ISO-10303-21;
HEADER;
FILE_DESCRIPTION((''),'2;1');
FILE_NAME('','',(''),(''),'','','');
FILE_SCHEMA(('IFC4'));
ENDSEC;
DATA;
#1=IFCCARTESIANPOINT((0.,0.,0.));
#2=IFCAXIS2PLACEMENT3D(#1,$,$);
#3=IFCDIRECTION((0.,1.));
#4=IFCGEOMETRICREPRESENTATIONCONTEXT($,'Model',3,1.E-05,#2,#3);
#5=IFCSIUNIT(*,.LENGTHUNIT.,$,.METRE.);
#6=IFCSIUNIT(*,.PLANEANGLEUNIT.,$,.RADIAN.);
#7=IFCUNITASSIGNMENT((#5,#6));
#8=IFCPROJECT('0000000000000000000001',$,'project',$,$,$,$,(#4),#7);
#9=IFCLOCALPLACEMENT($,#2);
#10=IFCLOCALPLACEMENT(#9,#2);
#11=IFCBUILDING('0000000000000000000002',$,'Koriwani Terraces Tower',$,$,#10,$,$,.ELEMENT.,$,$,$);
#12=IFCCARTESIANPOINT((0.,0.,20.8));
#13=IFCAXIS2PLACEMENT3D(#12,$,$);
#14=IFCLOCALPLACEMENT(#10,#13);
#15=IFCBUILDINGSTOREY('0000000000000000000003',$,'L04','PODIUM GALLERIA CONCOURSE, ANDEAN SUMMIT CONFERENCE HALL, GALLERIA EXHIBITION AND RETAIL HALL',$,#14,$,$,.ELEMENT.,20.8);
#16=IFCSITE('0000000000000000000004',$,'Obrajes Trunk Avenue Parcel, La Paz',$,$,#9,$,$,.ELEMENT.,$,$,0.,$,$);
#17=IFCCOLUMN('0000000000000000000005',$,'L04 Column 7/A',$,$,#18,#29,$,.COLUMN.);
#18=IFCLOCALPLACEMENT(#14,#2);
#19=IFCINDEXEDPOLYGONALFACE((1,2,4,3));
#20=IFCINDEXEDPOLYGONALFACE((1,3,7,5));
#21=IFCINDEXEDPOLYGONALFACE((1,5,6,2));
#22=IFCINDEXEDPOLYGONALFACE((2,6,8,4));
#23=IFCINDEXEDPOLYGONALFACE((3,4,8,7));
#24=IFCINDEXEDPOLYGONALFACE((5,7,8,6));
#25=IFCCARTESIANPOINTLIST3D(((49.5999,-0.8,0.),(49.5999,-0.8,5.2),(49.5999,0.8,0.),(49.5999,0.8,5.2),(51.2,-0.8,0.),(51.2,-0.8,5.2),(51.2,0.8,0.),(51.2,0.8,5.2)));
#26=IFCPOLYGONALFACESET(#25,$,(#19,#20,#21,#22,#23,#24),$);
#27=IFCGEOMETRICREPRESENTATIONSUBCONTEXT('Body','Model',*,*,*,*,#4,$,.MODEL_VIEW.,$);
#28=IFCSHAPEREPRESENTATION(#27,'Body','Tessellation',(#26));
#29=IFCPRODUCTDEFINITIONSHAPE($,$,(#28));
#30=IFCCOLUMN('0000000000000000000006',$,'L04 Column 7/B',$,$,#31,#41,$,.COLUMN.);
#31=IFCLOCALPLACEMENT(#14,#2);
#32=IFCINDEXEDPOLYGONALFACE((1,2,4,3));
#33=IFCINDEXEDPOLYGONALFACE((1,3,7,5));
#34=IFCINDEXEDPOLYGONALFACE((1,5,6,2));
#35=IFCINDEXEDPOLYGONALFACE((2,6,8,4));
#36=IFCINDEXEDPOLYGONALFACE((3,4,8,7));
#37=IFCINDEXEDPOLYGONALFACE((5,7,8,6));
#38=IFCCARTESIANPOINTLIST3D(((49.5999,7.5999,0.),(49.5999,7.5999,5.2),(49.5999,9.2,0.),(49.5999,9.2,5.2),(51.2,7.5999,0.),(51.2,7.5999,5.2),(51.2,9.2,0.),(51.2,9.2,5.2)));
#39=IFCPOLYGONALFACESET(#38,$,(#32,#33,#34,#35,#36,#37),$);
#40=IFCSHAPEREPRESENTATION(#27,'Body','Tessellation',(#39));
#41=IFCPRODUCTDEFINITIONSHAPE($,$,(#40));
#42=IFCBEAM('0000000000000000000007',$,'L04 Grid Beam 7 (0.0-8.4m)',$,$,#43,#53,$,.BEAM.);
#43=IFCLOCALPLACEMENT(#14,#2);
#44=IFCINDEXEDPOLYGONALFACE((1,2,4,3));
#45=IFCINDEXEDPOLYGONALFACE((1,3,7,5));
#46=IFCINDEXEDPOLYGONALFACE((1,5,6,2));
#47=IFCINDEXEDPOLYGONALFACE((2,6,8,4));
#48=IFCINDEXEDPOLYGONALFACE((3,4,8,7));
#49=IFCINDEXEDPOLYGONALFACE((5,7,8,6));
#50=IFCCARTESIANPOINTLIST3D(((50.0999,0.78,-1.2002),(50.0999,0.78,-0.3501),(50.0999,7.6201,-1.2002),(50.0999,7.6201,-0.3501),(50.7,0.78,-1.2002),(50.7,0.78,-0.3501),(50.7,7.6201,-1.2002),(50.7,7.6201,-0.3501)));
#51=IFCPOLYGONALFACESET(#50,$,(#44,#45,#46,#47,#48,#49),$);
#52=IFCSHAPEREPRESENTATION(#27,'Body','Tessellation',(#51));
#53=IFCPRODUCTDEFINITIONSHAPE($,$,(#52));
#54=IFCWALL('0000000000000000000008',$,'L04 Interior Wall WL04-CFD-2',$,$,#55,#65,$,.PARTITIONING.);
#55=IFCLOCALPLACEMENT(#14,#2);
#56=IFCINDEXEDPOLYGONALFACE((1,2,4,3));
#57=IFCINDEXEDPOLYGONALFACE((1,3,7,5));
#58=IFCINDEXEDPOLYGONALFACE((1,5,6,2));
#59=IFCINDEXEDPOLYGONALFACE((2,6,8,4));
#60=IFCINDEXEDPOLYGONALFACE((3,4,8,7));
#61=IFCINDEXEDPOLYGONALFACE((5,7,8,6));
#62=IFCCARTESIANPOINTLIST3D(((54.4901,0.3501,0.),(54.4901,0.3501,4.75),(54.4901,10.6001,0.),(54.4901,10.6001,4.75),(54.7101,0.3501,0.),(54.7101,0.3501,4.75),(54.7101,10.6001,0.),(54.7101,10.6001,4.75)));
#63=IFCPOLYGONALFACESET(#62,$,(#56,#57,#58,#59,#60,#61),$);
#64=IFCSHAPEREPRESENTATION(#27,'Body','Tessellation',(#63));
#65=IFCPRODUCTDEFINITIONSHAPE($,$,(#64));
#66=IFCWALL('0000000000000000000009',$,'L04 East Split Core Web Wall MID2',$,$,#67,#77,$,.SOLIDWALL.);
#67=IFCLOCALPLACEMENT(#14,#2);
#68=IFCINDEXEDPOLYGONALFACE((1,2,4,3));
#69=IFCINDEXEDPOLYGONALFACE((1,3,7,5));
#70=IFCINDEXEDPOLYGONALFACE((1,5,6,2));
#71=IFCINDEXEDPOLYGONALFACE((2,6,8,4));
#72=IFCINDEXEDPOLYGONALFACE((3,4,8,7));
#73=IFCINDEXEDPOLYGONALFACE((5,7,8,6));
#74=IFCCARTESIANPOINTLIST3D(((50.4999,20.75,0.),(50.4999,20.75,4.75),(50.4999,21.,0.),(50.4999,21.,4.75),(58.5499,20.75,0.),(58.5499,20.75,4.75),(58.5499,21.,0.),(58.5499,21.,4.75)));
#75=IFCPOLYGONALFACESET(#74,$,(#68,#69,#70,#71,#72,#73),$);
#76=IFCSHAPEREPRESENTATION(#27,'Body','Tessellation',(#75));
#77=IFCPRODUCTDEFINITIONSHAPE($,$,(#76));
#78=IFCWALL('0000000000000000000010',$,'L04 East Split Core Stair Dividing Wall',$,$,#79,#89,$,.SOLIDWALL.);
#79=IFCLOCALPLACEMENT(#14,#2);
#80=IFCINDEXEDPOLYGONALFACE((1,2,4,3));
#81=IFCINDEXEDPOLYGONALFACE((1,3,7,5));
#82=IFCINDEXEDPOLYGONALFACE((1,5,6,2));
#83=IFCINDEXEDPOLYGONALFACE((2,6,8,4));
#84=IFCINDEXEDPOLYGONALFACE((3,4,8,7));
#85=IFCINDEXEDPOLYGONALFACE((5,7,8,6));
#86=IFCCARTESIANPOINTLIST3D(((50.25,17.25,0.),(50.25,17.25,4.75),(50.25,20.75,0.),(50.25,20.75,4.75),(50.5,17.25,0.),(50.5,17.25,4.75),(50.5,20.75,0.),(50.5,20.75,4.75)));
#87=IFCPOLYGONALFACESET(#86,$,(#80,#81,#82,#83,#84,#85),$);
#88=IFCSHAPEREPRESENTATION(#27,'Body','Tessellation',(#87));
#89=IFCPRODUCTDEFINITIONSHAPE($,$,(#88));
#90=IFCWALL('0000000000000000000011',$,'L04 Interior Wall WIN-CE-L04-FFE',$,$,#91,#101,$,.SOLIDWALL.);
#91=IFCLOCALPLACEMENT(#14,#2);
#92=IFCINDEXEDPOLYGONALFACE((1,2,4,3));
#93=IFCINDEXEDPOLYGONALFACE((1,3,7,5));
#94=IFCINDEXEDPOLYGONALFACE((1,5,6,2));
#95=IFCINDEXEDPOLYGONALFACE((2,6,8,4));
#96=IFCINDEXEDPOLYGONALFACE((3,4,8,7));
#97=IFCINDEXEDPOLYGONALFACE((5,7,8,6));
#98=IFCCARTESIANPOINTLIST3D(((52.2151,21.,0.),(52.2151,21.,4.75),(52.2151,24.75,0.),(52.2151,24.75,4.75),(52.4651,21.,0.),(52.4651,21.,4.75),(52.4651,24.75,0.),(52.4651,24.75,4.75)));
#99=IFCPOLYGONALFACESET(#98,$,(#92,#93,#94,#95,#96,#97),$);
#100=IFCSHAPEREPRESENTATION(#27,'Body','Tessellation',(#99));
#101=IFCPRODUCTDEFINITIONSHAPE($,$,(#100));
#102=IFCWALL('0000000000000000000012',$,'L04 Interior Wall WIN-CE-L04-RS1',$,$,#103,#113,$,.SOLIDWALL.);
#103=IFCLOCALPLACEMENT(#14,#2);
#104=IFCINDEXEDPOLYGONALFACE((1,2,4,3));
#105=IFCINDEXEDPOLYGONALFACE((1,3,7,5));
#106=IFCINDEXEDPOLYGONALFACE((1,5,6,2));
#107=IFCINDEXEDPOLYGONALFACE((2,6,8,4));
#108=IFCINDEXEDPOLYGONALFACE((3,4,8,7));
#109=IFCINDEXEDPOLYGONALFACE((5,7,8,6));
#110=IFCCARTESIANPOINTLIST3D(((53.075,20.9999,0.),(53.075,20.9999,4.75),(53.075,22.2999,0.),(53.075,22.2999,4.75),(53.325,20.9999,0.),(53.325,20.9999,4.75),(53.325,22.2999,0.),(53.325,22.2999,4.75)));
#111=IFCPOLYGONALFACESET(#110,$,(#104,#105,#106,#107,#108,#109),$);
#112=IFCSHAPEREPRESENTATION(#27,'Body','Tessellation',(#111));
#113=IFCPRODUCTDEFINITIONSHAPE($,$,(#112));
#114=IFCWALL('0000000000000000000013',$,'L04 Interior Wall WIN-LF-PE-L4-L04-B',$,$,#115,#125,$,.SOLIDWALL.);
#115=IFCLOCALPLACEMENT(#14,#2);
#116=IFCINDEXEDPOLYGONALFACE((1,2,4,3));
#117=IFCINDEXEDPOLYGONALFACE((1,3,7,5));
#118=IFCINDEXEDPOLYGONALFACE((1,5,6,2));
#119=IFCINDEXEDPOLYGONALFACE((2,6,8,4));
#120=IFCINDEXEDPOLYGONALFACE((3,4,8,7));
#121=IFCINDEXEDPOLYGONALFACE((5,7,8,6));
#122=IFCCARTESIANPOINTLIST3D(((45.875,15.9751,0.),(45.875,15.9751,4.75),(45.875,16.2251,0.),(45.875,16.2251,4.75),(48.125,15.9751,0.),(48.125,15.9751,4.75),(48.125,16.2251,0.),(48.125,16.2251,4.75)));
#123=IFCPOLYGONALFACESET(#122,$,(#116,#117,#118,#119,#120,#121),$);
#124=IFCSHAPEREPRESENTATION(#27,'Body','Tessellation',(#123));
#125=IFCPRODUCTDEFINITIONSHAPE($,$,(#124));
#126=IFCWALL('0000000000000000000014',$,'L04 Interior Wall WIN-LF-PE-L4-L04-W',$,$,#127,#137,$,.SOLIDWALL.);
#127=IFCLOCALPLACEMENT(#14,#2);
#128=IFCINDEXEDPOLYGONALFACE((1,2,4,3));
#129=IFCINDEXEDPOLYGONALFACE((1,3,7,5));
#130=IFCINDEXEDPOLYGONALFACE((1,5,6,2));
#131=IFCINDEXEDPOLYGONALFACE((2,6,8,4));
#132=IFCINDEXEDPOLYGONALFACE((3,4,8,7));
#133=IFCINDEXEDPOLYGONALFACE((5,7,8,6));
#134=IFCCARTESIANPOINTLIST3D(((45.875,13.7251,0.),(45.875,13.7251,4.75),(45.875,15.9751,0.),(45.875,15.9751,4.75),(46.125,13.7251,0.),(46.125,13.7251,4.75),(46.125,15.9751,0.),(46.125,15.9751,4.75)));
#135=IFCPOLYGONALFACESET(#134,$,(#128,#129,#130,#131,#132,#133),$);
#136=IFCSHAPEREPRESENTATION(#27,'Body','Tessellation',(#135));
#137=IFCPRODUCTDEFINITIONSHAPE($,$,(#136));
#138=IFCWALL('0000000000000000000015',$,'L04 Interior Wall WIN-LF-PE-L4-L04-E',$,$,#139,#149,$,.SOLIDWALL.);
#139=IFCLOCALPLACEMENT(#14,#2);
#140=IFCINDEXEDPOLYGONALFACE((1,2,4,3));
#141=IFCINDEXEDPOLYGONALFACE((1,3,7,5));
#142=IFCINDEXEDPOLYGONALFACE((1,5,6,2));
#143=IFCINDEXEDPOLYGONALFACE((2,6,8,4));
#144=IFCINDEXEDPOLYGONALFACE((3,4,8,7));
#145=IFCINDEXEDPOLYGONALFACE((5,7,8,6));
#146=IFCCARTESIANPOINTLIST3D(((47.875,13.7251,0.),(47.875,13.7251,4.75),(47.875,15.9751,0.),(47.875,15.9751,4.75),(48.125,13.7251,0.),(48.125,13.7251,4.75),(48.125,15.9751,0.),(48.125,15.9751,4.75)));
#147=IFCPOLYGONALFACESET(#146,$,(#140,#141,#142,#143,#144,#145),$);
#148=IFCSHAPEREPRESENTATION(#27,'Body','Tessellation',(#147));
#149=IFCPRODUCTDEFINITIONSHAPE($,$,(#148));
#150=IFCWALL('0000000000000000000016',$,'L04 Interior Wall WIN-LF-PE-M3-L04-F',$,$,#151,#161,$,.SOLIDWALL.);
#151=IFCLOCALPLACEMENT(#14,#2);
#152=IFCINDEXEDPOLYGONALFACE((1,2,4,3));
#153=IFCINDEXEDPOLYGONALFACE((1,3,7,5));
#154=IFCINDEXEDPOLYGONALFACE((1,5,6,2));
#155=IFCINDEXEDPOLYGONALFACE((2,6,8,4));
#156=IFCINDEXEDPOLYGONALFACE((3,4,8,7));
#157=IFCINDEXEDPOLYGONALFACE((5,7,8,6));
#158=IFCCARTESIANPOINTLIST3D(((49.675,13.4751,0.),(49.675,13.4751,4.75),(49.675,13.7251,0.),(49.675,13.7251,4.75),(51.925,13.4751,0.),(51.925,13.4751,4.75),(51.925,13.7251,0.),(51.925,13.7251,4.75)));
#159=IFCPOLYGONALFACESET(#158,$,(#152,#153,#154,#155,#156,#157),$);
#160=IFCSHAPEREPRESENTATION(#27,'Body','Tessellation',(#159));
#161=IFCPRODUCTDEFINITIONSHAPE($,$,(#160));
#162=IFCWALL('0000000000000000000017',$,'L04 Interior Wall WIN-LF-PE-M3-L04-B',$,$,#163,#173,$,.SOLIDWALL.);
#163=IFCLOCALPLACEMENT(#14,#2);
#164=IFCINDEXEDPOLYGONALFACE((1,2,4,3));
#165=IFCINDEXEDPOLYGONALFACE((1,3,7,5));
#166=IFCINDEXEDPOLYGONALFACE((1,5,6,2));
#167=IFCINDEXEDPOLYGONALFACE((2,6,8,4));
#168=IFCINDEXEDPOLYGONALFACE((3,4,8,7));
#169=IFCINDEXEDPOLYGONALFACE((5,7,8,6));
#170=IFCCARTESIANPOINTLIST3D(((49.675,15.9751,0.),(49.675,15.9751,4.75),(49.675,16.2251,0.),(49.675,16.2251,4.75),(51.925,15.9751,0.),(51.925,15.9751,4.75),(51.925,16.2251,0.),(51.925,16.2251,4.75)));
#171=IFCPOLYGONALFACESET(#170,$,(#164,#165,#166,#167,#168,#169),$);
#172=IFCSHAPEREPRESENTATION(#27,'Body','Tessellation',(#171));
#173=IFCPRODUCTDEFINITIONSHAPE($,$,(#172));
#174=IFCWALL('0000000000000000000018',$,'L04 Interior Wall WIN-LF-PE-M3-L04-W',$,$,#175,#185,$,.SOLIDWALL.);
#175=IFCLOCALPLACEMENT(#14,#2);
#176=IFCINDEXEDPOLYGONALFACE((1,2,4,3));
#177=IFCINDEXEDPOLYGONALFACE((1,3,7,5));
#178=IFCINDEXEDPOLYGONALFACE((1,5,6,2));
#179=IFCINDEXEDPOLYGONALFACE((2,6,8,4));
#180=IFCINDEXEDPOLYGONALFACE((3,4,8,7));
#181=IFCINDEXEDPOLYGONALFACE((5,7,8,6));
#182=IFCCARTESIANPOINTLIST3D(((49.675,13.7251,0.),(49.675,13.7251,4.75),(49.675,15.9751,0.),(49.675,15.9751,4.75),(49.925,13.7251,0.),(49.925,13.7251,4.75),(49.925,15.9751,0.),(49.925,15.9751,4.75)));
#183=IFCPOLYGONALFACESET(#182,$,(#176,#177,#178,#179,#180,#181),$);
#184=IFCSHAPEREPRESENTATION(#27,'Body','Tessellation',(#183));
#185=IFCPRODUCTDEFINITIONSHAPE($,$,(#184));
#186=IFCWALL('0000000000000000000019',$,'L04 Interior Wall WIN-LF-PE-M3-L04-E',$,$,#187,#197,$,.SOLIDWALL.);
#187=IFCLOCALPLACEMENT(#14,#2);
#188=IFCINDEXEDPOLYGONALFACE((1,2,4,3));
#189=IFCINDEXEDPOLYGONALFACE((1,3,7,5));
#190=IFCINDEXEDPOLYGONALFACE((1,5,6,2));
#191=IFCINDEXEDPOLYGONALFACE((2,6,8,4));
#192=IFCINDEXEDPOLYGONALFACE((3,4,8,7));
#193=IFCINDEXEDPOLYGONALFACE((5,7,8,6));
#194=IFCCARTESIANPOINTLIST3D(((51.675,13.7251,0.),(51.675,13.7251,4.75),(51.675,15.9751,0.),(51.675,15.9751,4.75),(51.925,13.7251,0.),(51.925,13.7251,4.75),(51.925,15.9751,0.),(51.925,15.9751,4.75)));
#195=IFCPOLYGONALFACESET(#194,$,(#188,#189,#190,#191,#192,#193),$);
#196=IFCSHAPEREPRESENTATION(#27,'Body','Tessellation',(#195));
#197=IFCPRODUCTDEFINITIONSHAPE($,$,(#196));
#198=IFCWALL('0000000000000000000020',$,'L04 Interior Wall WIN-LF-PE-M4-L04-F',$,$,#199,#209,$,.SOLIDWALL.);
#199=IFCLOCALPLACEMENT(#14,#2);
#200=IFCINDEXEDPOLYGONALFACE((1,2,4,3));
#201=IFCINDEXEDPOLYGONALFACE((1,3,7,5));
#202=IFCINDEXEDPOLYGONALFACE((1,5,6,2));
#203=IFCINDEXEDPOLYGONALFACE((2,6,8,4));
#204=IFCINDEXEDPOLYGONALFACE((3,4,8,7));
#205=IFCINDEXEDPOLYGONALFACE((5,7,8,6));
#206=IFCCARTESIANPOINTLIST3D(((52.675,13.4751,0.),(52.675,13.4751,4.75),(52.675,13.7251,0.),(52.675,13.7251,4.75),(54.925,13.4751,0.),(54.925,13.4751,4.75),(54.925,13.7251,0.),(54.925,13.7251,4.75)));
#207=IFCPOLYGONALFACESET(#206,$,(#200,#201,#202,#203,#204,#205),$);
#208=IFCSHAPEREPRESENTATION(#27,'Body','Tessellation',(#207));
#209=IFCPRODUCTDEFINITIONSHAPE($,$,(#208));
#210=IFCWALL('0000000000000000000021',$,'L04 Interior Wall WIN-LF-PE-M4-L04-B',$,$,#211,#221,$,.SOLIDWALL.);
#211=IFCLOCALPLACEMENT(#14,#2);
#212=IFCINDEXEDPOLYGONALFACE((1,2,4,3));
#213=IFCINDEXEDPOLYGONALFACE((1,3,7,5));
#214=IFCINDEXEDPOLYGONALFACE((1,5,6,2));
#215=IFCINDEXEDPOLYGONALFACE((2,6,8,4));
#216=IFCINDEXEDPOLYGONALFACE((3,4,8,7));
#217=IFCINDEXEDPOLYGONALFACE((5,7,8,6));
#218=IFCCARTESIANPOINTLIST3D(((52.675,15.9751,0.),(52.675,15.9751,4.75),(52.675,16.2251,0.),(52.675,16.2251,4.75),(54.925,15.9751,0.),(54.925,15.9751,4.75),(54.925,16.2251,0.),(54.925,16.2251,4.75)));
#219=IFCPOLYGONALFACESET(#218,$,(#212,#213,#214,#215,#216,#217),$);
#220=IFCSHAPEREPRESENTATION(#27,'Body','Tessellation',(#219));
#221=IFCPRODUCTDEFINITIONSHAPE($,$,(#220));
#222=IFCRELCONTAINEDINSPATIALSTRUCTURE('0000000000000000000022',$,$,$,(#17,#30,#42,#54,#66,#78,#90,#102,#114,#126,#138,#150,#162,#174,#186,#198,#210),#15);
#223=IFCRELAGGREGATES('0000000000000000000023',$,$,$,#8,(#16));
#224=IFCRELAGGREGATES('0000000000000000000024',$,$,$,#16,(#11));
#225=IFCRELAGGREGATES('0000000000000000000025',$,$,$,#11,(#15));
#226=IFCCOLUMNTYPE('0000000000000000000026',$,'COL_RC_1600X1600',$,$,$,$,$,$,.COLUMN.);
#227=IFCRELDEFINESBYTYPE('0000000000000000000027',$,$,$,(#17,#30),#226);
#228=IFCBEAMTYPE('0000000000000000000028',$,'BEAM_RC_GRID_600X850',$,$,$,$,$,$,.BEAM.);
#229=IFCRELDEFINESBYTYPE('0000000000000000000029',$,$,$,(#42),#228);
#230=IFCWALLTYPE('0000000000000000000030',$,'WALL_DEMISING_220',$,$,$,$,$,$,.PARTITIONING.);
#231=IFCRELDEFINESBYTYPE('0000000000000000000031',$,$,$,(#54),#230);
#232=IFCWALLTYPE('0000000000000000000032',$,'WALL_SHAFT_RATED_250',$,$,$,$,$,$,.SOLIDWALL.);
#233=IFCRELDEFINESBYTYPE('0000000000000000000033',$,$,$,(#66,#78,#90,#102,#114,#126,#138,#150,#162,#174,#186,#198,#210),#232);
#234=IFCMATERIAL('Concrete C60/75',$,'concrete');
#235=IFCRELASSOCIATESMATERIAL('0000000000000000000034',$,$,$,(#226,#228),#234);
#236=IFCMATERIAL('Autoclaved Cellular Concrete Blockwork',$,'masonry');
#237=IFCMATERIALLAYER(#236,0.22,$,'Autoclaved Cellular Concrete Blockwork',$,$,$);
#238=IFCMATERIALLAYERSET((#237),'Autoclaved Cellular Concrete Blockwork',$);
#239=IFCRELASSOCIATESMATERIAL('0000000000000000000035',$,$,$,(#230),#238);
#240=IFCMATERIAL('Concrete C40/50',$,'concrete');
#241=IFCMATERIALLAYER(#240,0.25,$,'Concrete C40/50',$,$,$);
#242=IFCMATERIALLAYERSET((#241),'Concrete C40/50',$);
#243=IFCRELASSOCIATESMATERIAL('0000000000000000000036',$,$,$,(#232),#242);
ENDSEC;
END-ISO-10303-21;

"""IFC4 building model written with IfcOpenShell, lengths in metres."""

from ifc_helpers import new_model, si_unit, direction, frame, frame_2d, origin, origin_2d, place, context, subcontext, project, spatial, rectangle, extrude, material, layer, layer_set, material_profile, profile_set, type_object, element, save


model = new_model("IFC4")

# Units and contexts
model_context = context("Model", 3, precision=1e-05, world=origin(), true_north=direction((0.0, 1.0)))
body_context = subcontext(model_context, "Body", "Model", "MODEL_VIEW")
ifc_project = project(units=[si_unit("LENGTHUNIT", "METRE"), si_unit("PLANEANGLEUNIT", "RADIAN")], contexts=[model_context])

# Site, building, storey
site_placement = place(None, origin())
site = spatial("IfcSite", under=ifc_project, at=site_placement, Name="Obrajes Trunk Avenue Parcel, La Paz", CompositionType="ELEMENT", RefElevation=0.0)
building_placement = place(site_placement, origin())
building = spatial("IfcBuilding", under=site, at=building_placement, Name="Koriwani Terraces Tower", CompositionType="ELEMENT")
storey_placement = place(building_placement, frame((0.0, 0.0, 20.8)))
storey = spatial("IfcBuildingStorey", under=building, at=storey_placement, Name="L04", Description="PODIUM GALLERIA CONCOURSE, ANDEAN SUMMIT CONFERENCE HALL, GALLERIA EXHIBITION AND RETAIL HALL", CompositionType="ELEMENT", Elevation=20.8)

# Columns
ifc_material_1 = material(Name="Concrete C60/75", Category="concrete")
ifc_material_profile_1 = material_profile(ifc_material_1, rectangle(XDim=1.6001, YDim=1.6001, at=origin_2d()), Name="Concrete C60/75", Category="LoadBearing")
ifc_profile_set_1 = profile_set([ifc_material_profile_1], Name="Concrete C60/75")
column_type = type_object("IfcColumnType", Name="COL_RC_1600X1600", PredefinedType="COLUMN", material=ifc_profile_set_1)
for number, where, z_axis, x_axis, name in (
    (1, (50.3999, 0.0, 0.0), (0.0, 0.0, 1.0), (1.0, 0.0, 0.0), "L04 Column 7/A"),
    (2, (50.3999, 8.3999, 0.0), (0.0, 0.0, 1.0), (1.0, 0.0, 0.0), "L04 Column 7/B"),
):
    element("IfcColumn", number, at=place(storey_placement, frame(where, z_axis=z_axis, x_axis=x_axis)), inside=storey, type_object=column_type, Name=name, PredefinedType="COLUMN", context=body_context, shape_type="SweptSolid", body=[
        extrude(rectangle(XDim=1.6001, YDim=1.6001, at=origin_2d()), origin(), (0.0, 0.0, 1.0), 5.2),
    ])

# Beam
ifc_material_profile_2 = material_profile(ifc_material_1, rectangle(XDim=0.6001, YDim=0.8501, at=origin_2d()), Name="Concrete C60/75", Category="LoadBearing")
ifc_profile_set_2 = profile_set([ifc_material_profile_2], Name="Concrete C60/75")
beam_type = type_object("IfcBeamType", Name="BEAM_RC_GRID_600X850", PredefinedType="BEAM", material=ifc_profile_set_2)
beam_placement = place(storey_placement, frame((50.3999, 0.78, -0.7751), z_axis=(0.0, 1.0, 0.0), x_axis=(-1.0, 0.0, 0.0)))
element("IfcBeam", 3, at=beam_placement, inside=storey, type_object=beam_type, Name="L04 Grid Beam 7 (0.0-8.4m)", PredefinedType="BEAM", context=body_context, shape_type="SweptSolid", body=[
    extrude(rectangle(XDim=0.6001, YDim=0.8501, at=origin_2d()), origin(), (0.0, 0.0, 1.0), 6.8401),
])

# Walls
ifc_material_2 = material(Name="Autoclaved Cellular Concrete Blockwork", Category="masonry")
ifc_layer_1 = layer(ifc_material_2, 0.22, Name="Autoclaved Cellular Concrete Blockwork")
ifc_layer_set_1 = layer_set([ifc_layer_1], Name="Autoclaved Cellular Concrete Blockwork")
wall_type_1 = type_object("IfcWallType", Name="WALL_DEMISING_220", PredefinedType="PARTITIONING", material=ifc_layer_set_1)
wall_1_placement = place(storey_placement, frame((54.6001, 0.3501, 0.0), z_axis=(0.0, 0.0, 1.0), x_axis=(0.0, 1.0, 0.0)))
element("IfcWall", 4, at=wall_1_placement, inside=storey, type_object=wall_type_1, Name="L04 Interior Wall WL04-CFD-2", PredefinedType="PARTITIONING", context=body_context, shape_type="SweptSolid", body=[
    extrude(rectangle(XDim=10.25, YDim=0.22, at=frame_2d((5.125, 0.0))), origin(), (0.0, 0.0, 1.0), 4.75),
])
ifc_material_3 = material(Name="Concrete C40/50", Category="concrete")
ifc_layer_2 = layer(ifc_material_3, 0.25, Name="Concrete C40/50")
ifc_layer_set_2 = layer_set([ifc_layer_2], Name="Concrete C40/50")
wall_type_2 = type_object("IfcWallType", Name="WALL_SHAFT_RATED_250", PredefinedType="SOLIDWALL", material=ifc_layer_set_2)
wall_2_placement = place(storey_placement, frame((50.5, 20.875, 0.0), z_axis=(0.0, 0.0, 1.0), x_axis=(1.0, 0.0, 0.0)))
element("IfcWall", 5, at=wall_2_placement, inside=storey, type_object=wall_type_2, Name="L04 East Split Core Web Wall MID2", PredefinedType="SOLIDWALL", context=body_context, shape_type="SweptSolid", body=[
    extrude(rectangle(XDim=8.05, YDim=0.25, at=frame_2d((4.0249, 0.0))), origin(), (0.0, 0.0, 1.0), 4.75),
])
wall_3_placement = place(storey_placement, frame((50.375, 17.25, 0.0), z_axis=(0.0, 0.0, 1.0), x_axis=(0.0, 1.0, 0.0)))
element("IfcWall", 6, at=wall_3_placement, inside=storey, type_object=wall_type_2, Name="L04 East Split Core Stair Dividing Wall", PredefinedType="SOLIDWALL", context=body_context, shape_type="SweptSolid", body=[
    extrude(rectangle(XDim=3.5, YDim=0.25, at=frame_2d((1.75, 0.0))), origin(), (0.0, 0.0, 1.0), 4.75),
])
wall_4_placement = place(storey_placement, frame((52.3401, 21.0, 0.0), z_axis=(0.0, 0.0, 1.0), x_axis=(0.0, 1.0, 0.0)))
element("IfcWall", 7, at=wall_4_placement, inside=storey, type_object=wall_type_2, Name="L04 Interior Wall WIN-CE-L04-FFE", PredefinedType="SOLIDWALL", context=body_context, shape_type="SweptSolid", body=[
    extrude(rectangle(XDim=3.75, YDim=0.25, at=frame_2d((1.875, 0.0))), origin(), (0.0, 0.0, 1.0), 4.75),
])

# Walls
wall_5_placement = place(storey_placement, frame((53.2, 21.0, 0.0), z_axis=(0.0, 0.0, 1.0), x_axis=(0.0, 1.0, 0.0)))
element("IfcWall", 8, at=wall_5_placement, inside=storey, type_object=wall_type_2, Name="L04 Interior Wall WIN-CE-L04-RS1", PredefinedType="SOLIDWALL", context=body_context, shape_type="SweptSolid", body=[
    extrude(rectangle(XDim=1.3, YDim=0.25, at=frame_2d((0.6499, 0.0))), origin(), (0.0, 0.0, 1.0), 4.75),
])
for number, where, z_axis, x_axis, name in (
    (9, (45.875, 16.1001, 0.0), (0.0, 0.0, 1.0), (1.0, 0.0, 0.0), "L04 Interior Wall WIN-LF-PE-L4-L04-B"),
    (10, (46.0, 13.7251, 0.0), (0.0, 0.0, 1.0), (0.0, 1.0, 0.0), "L04 Interior Wall WIN-LF-PE-L4-L04-W"),
    (11, (48.0, 13.7251, 0.0), (0.0, 0.0, 1.0), (0.0, 1.0, 0.0), "L04 Interior Wall WIN-LF-PE-L4-L04-E"),
    (12, (49.675, 13.6001, 0.0), (0.0, 0.0, 1.0), (1.0, 0.0, 0.0), "L04 Interior Wall WIN-LF-PE-M3-L04-F"),
    (13, (49.675, 16.1001, 0.0), (0.0, 0.0, 1.0), (1.0, 0.0, 0.0), "L04 Interior Wall WIN-LF-PE-M3-L04-B"),
    (14, (49.8, 13.7251, 0.0), (0.0, 0.0, 1.0), (0.0, 1.0, 0.0), "L04 Interior Wall WIN-LF-PE-M3-L04-W"),
    (15, (51.8, 13.7251, 0.0), (0.0, 0.0, 1.0), (0.0, 1.0, 0.0), "L04 Interior Wall WIN-LF-PE-M3-L04-E"),
    (16, (52.675, 13.6001, 0.0), (0.0, 0.0, 1.0), (1.0, 0.0, 0.0), "L04 Interior Wall WIN-LF-PE-M4-L04-F"),
    (17, (52.675, 16.1001, 0.0), (0.0, 0.0, 1.0), (1.0, 0.0, 0.0), "L04 Interior Wall WIN-LF-PE-M4-L04-B"),
):
    element("IfcWall", number, at=place(storey_placement, frame(where, z_axis=z_axis, x_axis=x_axis)), inside=storey, type_object=wall_type_2, Name=name, PredefinedType="SOLIDWALL", context=body_context, shape_type="SweptSolid", body=[
        extrude(rectangle(XDim=2.25, YDim=0.25, at=frame_2d((1.125, 0.0))), origin(), (0.0, 0.0, 1.0), 4.75),
    ])

save(model, "model.ifc")
